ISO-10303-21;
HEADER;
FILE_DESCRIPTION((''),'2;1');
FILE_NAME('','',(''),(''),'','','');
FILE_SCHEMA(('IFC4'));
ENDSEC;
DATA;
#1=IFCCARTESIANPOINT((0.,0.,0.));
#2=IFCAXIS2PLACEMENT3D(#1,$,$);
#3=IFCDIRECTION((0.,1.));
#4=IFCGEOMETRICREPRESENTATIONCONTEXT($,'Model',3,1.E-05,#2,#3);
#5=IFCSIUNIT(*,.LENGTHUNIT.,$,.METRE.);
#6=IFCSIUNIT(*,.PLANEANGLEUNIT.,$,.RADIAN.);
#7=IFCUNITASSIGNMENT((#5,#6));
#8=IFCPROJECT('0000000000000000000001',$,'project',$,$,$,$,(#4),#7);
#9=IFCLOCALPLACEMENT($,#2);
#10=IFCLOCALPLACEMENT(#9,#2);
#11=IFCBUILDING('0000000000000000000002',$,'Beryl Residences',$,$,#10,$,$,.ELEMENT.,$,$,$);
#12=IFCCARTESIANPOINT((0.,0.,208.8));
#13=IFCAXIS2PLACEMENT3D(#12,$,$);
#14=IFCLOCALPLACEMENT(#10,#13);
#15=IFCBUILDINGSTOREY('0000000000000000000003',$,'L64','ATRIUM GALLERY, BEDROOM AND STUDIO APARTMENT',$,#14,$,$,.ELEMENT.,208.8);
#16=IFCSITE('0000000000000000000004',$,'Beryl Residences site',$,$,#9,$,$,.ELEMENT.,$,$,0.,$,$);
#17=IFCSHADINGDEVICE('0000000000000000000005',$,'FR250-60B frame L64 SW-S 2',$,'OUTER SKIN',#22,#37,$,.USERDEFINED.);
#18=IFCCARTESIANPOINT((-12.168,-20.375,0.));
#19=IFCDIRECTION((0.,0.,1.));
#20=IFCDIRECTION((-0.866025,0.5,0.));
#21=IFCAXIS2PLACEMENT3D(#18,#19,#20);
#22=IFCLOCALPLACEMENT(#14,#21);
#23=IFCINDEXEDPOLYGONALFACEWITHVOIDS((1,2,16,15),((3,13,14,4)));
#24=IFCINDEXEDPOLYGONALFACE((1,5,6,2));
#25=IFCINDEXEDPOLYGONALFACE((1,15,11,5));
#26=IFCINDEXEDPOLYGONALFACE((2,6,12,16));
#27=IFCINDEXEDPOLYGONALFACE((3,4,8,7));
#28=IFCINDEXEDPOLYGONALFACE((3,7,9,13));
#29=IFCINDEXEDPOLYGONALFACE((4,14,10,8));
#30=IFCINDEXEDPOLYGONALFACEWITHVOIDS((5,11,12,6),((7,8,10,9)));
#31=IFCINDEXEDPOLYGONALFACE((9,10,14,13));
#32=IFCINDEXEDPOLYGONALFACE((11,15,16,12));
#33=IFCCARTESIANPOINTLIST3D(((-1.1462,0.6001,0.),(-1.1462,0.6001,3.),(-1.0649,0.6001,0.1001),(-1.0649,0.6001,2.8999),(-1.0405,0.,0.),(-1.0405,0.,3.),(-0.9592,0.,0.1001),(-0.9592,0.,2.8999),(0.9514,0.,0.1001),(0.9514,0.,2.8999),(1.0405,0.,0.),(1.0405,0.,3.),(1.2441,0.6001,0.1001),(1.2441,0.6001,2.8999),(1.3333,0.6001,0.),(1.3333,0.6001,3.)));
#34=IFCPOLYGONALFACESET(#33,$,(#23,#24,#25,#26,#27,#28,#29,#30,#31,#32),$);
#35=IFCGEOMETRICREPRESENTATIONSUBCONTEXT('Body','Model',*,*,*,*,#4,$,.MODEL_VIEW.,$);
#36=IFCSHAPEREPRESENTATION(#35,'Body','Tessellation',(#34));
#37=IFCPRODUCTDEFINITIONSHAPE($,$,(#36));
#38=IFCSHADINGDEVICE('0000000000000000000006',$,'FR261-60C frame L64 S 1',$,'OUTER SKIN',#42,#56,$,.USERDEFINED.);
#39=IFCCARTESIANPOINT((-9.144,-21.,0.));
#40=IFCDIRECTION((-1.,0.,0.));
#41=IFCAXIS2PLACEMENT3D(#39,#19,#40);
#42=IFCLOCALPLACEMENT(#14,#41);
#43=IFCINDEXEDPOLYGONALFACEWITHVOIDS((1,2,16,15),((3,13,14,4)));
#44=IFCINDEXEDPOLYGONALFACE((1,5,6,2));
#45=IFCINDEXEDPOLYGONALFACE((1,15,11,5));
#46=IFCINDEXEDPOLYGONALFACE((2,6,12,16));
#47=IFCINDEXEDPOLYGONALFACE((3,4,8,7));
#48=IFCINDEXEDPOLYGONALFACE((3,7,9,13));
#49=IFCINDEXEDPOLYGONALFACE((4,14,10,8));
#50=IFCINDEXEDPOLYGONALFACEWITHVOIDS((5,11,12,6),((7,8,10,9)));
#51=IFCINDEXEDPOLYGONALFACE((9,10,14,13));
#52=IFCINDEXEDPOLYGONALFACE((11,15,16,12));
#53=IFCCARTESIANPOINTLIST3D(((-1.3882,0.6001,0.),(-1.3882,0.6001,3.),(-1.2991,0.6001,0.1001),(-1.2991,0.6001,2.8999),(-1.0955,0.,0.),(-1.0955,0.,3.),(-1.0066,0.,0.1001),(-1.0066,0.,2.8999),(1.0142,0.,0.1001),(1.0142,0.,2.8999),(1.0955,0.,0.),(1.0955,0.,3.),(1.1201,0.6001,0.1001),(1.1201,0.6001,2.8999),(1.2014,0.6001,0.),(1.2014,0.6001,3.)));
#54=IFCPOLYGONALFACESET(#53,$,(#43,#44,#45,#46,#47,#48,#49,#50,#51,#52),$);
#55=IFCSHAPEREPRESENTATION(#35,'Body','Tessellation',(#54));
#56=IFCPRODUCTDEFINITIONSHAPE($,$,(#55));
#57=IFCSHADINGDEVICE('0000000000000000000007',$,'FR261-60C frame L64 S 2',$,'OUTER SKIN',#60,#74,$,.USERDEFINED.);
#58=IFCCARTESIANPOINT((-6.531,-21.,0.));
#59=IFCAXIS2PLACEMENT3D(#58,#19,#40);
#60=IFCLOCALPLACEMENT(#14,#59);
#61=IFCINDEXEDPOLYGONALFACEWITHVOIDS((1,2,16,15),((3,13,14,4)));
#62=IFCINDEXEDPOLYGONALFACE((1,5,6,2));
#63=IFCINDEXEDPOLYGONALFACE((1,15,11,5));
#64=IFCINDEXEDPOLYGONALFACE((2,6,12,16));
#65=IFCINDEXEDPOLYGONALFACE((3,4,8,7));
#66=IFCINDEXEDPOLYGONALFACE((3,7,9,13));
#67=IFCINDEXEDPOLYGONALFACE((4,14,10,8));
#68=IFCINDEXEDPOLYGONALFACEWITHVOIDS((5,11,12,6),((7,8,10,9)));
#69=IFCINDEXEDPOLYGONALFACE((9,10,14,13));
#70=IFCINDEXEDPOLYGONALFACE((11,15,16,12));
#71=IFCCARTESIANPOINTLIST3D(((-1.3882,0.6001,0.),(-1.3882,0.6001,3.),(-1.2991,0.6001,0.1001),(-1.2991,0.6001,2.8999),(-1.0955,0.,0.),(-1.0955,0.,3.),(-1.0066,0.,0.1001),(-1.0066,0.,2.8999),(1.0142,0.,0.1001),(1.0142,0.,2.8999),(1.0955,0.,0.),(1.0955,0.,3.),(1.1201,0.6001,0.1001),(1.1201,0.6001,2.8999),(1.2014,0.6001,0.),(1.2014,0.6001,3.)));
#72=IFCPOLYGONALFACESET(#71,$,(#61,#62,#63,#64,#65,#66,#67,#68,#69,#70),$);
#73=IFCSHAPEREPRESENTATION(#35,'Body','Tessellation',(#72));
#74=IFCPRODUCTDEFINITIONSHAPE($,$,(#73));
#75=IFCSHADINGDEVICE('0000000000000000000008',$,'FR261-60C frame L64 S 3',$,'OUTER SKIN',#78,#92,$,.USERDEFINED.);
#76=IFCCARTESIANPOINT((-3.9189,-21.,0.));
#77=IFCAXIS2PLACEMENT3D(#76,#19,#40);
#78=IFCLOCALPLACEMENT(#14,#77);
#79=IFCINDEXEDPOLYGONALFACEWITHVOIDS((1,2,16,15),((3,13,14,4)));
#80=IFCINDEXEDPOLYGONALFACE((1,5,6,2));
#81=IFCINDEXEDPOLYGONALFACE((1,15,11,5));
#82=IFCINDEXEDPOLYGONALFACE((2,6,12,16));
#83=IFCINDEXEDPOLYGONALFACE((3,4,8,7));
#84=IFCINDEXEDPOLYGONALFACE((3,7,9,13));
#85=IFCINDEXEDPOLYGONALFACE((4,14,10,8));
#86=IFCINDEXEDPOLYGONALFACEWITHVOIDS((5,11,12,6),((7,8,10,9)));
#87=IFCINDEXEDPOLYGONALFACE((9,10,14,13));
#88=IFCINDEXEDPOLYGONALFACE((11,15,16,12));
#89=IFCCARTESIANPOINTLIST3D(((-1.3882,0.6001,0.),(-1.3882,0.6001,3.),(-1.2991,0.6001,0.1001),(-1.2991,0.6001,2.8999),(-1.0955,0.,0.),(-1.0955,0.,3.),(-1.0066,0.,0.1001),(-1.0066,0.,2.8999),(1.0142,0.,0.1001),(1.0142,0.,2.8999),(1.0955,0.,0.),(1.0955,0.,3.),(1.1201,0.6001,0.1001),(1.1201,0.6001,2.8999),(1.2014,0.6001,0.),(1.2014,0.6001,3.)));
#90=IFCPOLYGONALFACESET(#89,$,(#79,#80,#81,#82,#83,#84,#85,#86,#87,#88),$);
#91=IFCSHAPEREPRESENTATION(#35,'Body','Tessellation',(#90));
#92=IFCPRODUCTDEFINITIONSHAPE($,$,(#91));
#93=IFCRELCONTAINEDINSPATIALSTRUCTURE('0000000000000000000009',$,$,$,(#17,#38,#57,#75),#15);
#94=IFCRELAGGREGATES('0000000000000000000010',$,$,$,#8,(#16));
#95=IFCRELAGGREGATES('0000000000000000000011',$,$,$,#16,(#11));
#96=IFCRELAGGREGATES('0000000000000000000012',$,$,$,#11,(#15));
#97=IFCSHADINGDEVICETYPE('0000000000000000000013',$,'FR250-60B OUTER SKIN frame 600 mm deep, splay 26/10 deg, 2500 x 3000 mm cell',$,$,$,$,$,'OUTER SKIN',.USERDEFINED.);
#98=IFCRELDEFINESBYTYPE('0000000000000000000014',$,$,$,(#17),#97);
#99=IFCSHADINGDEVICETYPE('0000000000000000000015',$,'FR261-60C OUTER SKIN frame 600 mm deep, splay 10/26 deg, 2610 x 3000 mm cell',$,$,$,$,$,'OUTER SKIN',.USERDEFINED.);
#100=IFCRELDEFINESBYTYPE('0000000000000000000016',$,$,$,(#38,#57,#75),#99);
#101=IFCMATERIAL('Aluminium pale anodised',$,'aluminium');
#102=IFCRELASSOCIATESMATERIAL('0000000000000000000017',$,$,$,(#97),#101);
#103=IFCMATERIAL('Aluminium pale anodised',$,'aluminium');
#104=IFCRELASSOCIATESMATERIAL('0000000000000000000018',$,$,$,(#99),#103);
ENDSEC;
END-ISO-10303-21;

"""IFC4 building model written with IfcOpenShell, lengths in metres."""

from ifc_helpers import new_model, entity, si_unit, direction, frame, origin, place, context, subcontext, project, spatial, source, transform, mapped, material, type_object, type_shapes, element, save


model = new_model("IFC4")

# Units and contexts
model_context = context("Model", 3, precision=1e-05, world=origin(), true_north=direction((0.0, 1.0)))
body_context = subcontext(model_context, "Body", "Model", "MODEL_VIEW")
ifc_project = project(units=[si_unit("LENGTHUNIT", "METRE"), si_unit("PLANEANGLEUNIT", "RADIAN")], contexts=[model_context])

# Site, building, storey
site_placement = place(None, origin())
site = spatial("IfcSite", under=ifc_project, at=site_placement, Name="Beryl Residences site", CompositionType="ELEMENT", RefElevation=0.0)
building_placement = place(site_placement, origin())
building = spatial("IfcBuilding", under=site, at=building_placement, Name="Beryl Residences", CompositionType="ELEMENT")
storey_placement = place(building_placement, frame((0.0, 0.0, 208.8)))
storey = spatial("IfcBuildingStorey", under=building, at=storey_placement, Name="L64", Description="ATRIUM GALLERY, BEDROOM AND STUDIO APARTMENT", CompositionType="ELEMENT", Elevation=208.8)

# Shading devices
ifc_material_1 = material(Name="Aluminium pale anodised", Category="aluminium")
shading_device_type_1 = type_object("IfcShadingDeviceType", Name="FR250-60B OUTER SKIN frame 600 mm deep, splay 26/10 deg, 2500 x 3000 mm cell", ElementType="OUTER SKIN", PredefinedType="USERDEFINED", material=ifc_material_1)
cartesian_point_1 = entity("IfcCartesianPoint", [-1.0405, 0.0])
cartesian_point_2 = entity("IfcCartesianPoint", [-0.9514, 0.1001])
cartesian_point_3 = entity("IfcCartesianPoint", [-1.3333, 0.0])
cartesian_point_4 = entity("IfcCartesianPoint", [-1.2441, 0.1001])
shared_shape_1 = source(origin(), body_context, "Body", "SweptSolid", [
    entity("IfcExtrudedAreaSolidTapered", entity("IfcArbitraryProfileDefWithVoids", "AREA", None, entity("IfcPolyline", [cartesian_point_1, entity("IfcCartesianPoint", [1.0405, 0.0]), entity("IfcCartesianPoint", [1.0405, 3.0]), entity("IfcCartesianPoint", [-1.0405, 3.0]), cartesian_point_1]), [entity("IfcPolyline", [cartesian_point_2, entity("IfcCartesianPoint", [0.9592, 0.1001]), entity("IfcCartesianPoint", [0.9592, 2.8999]), entity("IfcCartesianPoint", [-0.9514, 2.8999]), cartesian_point_2])]), entity("IfcAxis2Placement3D", entity("IfcCartesianPoint", [0.0, 0.0, 0.0]), entity("IfcDirection", [0.0, 1.0, 0.0]), entity("IfcDirection", [-1.0, 0.0, 0.0])), entity("IfcDirection", [0.0, 0.0, 1.0]), 0.6001, entity("IfcArbitraryProfileDefWithVoids", "AREA", None, entity("IfcPolyline", [cartesian_point_3, entity("IfcCartesianPoint", [1.1462, 0.0]), entity("IfcCartesianPoint", [1.1462, 3.0]), entity("IfcCartesianPoint", [-1.3333, 3.0]), cartesian_point_3]), [entity("IfcPolyline", [cartesian_point_4, entity("IfcCartesianPoint", [1.0649, 0.1001]), entity("IfcCartesianPoint", [1.0649, 2.8999]), entity("IfcCartesianPoint", [-1.2441, 2.8999]), cartesian_point_4])])),
])
type_shapes(shading_device_type_1, [shared_shape_1])
shading_device_placement = place(storey_placement, frame((-12.168, -20.375, 0.0), z_axis=(0.0, 0.0, 1.0), x_axis=(-0.866025, 0.5, 0.0)))
element("IfcShadingDevice", 1, at=shading_device_placement, inside=storey, type_object=shading_device_type_1, Name="FR250-60B frame L64 SW-S 2", ObjectType="OUTER SKIN", PredefinedType="USERDEFINED", context=body_context, shape_type="MappedRepresentation", body=[
    mapped(shared_shape_1, transform((0.0, 0.0, 0.0))),
])
ifc_material_2 = material(Name="Aluminium pale anodised", Category="aluminium")
shading_device_type_2 = type_object("IfcShadingDeviceType", Name="FR261-60C OUTER SKIN frame 600 mm deep, splay 10/26 deg, 2610 x 3000 mm cell", ElementType="OUTER SKIN", PredefinedType="USERDEFINED", material=ifc_material_2)
cartesian_point_5 = entity("IfcCartesianPoint", [-1.0955, 0.0])
cartesian_point_6 = entity("IfcCartesianPoint", [-1.0142, 0.1001])
cartesian_point_7 = entity("IfcCartesianPoint", [-1.2014, 0.0])
cartesian_point_8 = entity("IfcCartesianPoint", [-1.1201, 0.1001])
shared_shape_2 = source(origin(), body_context, "Body", "SweptSolid", [
    entity("IfcExtrudedAreaSolidTapered", entity("IfcArbitraryProfileDefWithVoids", "AREA", None, entity("IfcPolyline", [cartesian_point_5, entity("IfcCartesianPoint", [1.0955, 0.0]), entity("IfcCartesianPoint", [1.0955, 3.0]), entity("IfcCartesianPoint", [-1.0955, 3.0]), cartesian_point_5]), [entity("IfcPolyline", [cartesian_point_6, entity("IfcCartesianPoint", [1.0066, 0.1001]), entity("IfcCartesianPoint", [1.0066, 2.8999]), entity("IfcCartesianPoint", [-1.0142, 2.8999]), cartesian_point_6])]), entity("IfcAxis2Placement3D", entity("IfcCartesianPoint", [0.0, 0.0, 0.0]), entity("IfcDirection", [0.0, 1.0, 0.0]), entity("IfcDirection", [-1.0, 0.0, 0.0])), entity("IfcDirection", [0.0, 0.0, 1.0]), 0.6001, entity("IfcArbitraryProfileDefWithVoids", "AREA", None, entity("IfcPolyline", [cartesian_point_7, entity("IfcCartesianPoint", [1.3882, 0.0]), entity("IfcCartesianPoint", [1.3882, 3.0]), entity("IfcCartesianPoint", [-1.2014, 3.0]), cartesian_point_7]), [entity("IfcPolyline", [cartesian_point_8, entity("IfcCartesianPoint", [1.2991, 0.1001]), entity("IfcCartesianPoint", [1.2991, 2.8999]), entity("IfcCartesianPoint", [-1.1201, 2.8999]), cartesian_point_8])])),
])
type_shapes(shading_device_type_2, [shared_shape_2])
for number, where, z_axis, x_axis, name in (
    (2, (-9.144, -21.0, 0.0), (0.0, 0.0, 1.0), (-1.0, 0.0, 0.0), "FR261-60C frame L64 S 1"),
    (3, (-6.531, -21.0, 0.0), (0.0, 0.0, 1.0), (-1.0, 0.0, 0.0), "FR261-60C frame L64 S 2"),
    (4, (-3.9189, -21.0, 0.0), (0.0, 0.0, 1.0), (-1.0, 0.0, 0.0), "FR261-60C frame L64 S 3"),
):
    element("IfcShadingDevice", number, at=place(storey_placement, frame(where, z_axis=z_axis, x_axis=x_axis)), inside=storey, type_object=shading_device_type_2, Name=name, ObjectType="OUTER SKIN", PredefinedType="USERDEFINED", context=body_context, shape_type="MappedRepresentation", body=[
        mapped(shared_shape_2, transform((0.0, 0.0, 0.0))),
    ])

save(model, "model.ifc")
